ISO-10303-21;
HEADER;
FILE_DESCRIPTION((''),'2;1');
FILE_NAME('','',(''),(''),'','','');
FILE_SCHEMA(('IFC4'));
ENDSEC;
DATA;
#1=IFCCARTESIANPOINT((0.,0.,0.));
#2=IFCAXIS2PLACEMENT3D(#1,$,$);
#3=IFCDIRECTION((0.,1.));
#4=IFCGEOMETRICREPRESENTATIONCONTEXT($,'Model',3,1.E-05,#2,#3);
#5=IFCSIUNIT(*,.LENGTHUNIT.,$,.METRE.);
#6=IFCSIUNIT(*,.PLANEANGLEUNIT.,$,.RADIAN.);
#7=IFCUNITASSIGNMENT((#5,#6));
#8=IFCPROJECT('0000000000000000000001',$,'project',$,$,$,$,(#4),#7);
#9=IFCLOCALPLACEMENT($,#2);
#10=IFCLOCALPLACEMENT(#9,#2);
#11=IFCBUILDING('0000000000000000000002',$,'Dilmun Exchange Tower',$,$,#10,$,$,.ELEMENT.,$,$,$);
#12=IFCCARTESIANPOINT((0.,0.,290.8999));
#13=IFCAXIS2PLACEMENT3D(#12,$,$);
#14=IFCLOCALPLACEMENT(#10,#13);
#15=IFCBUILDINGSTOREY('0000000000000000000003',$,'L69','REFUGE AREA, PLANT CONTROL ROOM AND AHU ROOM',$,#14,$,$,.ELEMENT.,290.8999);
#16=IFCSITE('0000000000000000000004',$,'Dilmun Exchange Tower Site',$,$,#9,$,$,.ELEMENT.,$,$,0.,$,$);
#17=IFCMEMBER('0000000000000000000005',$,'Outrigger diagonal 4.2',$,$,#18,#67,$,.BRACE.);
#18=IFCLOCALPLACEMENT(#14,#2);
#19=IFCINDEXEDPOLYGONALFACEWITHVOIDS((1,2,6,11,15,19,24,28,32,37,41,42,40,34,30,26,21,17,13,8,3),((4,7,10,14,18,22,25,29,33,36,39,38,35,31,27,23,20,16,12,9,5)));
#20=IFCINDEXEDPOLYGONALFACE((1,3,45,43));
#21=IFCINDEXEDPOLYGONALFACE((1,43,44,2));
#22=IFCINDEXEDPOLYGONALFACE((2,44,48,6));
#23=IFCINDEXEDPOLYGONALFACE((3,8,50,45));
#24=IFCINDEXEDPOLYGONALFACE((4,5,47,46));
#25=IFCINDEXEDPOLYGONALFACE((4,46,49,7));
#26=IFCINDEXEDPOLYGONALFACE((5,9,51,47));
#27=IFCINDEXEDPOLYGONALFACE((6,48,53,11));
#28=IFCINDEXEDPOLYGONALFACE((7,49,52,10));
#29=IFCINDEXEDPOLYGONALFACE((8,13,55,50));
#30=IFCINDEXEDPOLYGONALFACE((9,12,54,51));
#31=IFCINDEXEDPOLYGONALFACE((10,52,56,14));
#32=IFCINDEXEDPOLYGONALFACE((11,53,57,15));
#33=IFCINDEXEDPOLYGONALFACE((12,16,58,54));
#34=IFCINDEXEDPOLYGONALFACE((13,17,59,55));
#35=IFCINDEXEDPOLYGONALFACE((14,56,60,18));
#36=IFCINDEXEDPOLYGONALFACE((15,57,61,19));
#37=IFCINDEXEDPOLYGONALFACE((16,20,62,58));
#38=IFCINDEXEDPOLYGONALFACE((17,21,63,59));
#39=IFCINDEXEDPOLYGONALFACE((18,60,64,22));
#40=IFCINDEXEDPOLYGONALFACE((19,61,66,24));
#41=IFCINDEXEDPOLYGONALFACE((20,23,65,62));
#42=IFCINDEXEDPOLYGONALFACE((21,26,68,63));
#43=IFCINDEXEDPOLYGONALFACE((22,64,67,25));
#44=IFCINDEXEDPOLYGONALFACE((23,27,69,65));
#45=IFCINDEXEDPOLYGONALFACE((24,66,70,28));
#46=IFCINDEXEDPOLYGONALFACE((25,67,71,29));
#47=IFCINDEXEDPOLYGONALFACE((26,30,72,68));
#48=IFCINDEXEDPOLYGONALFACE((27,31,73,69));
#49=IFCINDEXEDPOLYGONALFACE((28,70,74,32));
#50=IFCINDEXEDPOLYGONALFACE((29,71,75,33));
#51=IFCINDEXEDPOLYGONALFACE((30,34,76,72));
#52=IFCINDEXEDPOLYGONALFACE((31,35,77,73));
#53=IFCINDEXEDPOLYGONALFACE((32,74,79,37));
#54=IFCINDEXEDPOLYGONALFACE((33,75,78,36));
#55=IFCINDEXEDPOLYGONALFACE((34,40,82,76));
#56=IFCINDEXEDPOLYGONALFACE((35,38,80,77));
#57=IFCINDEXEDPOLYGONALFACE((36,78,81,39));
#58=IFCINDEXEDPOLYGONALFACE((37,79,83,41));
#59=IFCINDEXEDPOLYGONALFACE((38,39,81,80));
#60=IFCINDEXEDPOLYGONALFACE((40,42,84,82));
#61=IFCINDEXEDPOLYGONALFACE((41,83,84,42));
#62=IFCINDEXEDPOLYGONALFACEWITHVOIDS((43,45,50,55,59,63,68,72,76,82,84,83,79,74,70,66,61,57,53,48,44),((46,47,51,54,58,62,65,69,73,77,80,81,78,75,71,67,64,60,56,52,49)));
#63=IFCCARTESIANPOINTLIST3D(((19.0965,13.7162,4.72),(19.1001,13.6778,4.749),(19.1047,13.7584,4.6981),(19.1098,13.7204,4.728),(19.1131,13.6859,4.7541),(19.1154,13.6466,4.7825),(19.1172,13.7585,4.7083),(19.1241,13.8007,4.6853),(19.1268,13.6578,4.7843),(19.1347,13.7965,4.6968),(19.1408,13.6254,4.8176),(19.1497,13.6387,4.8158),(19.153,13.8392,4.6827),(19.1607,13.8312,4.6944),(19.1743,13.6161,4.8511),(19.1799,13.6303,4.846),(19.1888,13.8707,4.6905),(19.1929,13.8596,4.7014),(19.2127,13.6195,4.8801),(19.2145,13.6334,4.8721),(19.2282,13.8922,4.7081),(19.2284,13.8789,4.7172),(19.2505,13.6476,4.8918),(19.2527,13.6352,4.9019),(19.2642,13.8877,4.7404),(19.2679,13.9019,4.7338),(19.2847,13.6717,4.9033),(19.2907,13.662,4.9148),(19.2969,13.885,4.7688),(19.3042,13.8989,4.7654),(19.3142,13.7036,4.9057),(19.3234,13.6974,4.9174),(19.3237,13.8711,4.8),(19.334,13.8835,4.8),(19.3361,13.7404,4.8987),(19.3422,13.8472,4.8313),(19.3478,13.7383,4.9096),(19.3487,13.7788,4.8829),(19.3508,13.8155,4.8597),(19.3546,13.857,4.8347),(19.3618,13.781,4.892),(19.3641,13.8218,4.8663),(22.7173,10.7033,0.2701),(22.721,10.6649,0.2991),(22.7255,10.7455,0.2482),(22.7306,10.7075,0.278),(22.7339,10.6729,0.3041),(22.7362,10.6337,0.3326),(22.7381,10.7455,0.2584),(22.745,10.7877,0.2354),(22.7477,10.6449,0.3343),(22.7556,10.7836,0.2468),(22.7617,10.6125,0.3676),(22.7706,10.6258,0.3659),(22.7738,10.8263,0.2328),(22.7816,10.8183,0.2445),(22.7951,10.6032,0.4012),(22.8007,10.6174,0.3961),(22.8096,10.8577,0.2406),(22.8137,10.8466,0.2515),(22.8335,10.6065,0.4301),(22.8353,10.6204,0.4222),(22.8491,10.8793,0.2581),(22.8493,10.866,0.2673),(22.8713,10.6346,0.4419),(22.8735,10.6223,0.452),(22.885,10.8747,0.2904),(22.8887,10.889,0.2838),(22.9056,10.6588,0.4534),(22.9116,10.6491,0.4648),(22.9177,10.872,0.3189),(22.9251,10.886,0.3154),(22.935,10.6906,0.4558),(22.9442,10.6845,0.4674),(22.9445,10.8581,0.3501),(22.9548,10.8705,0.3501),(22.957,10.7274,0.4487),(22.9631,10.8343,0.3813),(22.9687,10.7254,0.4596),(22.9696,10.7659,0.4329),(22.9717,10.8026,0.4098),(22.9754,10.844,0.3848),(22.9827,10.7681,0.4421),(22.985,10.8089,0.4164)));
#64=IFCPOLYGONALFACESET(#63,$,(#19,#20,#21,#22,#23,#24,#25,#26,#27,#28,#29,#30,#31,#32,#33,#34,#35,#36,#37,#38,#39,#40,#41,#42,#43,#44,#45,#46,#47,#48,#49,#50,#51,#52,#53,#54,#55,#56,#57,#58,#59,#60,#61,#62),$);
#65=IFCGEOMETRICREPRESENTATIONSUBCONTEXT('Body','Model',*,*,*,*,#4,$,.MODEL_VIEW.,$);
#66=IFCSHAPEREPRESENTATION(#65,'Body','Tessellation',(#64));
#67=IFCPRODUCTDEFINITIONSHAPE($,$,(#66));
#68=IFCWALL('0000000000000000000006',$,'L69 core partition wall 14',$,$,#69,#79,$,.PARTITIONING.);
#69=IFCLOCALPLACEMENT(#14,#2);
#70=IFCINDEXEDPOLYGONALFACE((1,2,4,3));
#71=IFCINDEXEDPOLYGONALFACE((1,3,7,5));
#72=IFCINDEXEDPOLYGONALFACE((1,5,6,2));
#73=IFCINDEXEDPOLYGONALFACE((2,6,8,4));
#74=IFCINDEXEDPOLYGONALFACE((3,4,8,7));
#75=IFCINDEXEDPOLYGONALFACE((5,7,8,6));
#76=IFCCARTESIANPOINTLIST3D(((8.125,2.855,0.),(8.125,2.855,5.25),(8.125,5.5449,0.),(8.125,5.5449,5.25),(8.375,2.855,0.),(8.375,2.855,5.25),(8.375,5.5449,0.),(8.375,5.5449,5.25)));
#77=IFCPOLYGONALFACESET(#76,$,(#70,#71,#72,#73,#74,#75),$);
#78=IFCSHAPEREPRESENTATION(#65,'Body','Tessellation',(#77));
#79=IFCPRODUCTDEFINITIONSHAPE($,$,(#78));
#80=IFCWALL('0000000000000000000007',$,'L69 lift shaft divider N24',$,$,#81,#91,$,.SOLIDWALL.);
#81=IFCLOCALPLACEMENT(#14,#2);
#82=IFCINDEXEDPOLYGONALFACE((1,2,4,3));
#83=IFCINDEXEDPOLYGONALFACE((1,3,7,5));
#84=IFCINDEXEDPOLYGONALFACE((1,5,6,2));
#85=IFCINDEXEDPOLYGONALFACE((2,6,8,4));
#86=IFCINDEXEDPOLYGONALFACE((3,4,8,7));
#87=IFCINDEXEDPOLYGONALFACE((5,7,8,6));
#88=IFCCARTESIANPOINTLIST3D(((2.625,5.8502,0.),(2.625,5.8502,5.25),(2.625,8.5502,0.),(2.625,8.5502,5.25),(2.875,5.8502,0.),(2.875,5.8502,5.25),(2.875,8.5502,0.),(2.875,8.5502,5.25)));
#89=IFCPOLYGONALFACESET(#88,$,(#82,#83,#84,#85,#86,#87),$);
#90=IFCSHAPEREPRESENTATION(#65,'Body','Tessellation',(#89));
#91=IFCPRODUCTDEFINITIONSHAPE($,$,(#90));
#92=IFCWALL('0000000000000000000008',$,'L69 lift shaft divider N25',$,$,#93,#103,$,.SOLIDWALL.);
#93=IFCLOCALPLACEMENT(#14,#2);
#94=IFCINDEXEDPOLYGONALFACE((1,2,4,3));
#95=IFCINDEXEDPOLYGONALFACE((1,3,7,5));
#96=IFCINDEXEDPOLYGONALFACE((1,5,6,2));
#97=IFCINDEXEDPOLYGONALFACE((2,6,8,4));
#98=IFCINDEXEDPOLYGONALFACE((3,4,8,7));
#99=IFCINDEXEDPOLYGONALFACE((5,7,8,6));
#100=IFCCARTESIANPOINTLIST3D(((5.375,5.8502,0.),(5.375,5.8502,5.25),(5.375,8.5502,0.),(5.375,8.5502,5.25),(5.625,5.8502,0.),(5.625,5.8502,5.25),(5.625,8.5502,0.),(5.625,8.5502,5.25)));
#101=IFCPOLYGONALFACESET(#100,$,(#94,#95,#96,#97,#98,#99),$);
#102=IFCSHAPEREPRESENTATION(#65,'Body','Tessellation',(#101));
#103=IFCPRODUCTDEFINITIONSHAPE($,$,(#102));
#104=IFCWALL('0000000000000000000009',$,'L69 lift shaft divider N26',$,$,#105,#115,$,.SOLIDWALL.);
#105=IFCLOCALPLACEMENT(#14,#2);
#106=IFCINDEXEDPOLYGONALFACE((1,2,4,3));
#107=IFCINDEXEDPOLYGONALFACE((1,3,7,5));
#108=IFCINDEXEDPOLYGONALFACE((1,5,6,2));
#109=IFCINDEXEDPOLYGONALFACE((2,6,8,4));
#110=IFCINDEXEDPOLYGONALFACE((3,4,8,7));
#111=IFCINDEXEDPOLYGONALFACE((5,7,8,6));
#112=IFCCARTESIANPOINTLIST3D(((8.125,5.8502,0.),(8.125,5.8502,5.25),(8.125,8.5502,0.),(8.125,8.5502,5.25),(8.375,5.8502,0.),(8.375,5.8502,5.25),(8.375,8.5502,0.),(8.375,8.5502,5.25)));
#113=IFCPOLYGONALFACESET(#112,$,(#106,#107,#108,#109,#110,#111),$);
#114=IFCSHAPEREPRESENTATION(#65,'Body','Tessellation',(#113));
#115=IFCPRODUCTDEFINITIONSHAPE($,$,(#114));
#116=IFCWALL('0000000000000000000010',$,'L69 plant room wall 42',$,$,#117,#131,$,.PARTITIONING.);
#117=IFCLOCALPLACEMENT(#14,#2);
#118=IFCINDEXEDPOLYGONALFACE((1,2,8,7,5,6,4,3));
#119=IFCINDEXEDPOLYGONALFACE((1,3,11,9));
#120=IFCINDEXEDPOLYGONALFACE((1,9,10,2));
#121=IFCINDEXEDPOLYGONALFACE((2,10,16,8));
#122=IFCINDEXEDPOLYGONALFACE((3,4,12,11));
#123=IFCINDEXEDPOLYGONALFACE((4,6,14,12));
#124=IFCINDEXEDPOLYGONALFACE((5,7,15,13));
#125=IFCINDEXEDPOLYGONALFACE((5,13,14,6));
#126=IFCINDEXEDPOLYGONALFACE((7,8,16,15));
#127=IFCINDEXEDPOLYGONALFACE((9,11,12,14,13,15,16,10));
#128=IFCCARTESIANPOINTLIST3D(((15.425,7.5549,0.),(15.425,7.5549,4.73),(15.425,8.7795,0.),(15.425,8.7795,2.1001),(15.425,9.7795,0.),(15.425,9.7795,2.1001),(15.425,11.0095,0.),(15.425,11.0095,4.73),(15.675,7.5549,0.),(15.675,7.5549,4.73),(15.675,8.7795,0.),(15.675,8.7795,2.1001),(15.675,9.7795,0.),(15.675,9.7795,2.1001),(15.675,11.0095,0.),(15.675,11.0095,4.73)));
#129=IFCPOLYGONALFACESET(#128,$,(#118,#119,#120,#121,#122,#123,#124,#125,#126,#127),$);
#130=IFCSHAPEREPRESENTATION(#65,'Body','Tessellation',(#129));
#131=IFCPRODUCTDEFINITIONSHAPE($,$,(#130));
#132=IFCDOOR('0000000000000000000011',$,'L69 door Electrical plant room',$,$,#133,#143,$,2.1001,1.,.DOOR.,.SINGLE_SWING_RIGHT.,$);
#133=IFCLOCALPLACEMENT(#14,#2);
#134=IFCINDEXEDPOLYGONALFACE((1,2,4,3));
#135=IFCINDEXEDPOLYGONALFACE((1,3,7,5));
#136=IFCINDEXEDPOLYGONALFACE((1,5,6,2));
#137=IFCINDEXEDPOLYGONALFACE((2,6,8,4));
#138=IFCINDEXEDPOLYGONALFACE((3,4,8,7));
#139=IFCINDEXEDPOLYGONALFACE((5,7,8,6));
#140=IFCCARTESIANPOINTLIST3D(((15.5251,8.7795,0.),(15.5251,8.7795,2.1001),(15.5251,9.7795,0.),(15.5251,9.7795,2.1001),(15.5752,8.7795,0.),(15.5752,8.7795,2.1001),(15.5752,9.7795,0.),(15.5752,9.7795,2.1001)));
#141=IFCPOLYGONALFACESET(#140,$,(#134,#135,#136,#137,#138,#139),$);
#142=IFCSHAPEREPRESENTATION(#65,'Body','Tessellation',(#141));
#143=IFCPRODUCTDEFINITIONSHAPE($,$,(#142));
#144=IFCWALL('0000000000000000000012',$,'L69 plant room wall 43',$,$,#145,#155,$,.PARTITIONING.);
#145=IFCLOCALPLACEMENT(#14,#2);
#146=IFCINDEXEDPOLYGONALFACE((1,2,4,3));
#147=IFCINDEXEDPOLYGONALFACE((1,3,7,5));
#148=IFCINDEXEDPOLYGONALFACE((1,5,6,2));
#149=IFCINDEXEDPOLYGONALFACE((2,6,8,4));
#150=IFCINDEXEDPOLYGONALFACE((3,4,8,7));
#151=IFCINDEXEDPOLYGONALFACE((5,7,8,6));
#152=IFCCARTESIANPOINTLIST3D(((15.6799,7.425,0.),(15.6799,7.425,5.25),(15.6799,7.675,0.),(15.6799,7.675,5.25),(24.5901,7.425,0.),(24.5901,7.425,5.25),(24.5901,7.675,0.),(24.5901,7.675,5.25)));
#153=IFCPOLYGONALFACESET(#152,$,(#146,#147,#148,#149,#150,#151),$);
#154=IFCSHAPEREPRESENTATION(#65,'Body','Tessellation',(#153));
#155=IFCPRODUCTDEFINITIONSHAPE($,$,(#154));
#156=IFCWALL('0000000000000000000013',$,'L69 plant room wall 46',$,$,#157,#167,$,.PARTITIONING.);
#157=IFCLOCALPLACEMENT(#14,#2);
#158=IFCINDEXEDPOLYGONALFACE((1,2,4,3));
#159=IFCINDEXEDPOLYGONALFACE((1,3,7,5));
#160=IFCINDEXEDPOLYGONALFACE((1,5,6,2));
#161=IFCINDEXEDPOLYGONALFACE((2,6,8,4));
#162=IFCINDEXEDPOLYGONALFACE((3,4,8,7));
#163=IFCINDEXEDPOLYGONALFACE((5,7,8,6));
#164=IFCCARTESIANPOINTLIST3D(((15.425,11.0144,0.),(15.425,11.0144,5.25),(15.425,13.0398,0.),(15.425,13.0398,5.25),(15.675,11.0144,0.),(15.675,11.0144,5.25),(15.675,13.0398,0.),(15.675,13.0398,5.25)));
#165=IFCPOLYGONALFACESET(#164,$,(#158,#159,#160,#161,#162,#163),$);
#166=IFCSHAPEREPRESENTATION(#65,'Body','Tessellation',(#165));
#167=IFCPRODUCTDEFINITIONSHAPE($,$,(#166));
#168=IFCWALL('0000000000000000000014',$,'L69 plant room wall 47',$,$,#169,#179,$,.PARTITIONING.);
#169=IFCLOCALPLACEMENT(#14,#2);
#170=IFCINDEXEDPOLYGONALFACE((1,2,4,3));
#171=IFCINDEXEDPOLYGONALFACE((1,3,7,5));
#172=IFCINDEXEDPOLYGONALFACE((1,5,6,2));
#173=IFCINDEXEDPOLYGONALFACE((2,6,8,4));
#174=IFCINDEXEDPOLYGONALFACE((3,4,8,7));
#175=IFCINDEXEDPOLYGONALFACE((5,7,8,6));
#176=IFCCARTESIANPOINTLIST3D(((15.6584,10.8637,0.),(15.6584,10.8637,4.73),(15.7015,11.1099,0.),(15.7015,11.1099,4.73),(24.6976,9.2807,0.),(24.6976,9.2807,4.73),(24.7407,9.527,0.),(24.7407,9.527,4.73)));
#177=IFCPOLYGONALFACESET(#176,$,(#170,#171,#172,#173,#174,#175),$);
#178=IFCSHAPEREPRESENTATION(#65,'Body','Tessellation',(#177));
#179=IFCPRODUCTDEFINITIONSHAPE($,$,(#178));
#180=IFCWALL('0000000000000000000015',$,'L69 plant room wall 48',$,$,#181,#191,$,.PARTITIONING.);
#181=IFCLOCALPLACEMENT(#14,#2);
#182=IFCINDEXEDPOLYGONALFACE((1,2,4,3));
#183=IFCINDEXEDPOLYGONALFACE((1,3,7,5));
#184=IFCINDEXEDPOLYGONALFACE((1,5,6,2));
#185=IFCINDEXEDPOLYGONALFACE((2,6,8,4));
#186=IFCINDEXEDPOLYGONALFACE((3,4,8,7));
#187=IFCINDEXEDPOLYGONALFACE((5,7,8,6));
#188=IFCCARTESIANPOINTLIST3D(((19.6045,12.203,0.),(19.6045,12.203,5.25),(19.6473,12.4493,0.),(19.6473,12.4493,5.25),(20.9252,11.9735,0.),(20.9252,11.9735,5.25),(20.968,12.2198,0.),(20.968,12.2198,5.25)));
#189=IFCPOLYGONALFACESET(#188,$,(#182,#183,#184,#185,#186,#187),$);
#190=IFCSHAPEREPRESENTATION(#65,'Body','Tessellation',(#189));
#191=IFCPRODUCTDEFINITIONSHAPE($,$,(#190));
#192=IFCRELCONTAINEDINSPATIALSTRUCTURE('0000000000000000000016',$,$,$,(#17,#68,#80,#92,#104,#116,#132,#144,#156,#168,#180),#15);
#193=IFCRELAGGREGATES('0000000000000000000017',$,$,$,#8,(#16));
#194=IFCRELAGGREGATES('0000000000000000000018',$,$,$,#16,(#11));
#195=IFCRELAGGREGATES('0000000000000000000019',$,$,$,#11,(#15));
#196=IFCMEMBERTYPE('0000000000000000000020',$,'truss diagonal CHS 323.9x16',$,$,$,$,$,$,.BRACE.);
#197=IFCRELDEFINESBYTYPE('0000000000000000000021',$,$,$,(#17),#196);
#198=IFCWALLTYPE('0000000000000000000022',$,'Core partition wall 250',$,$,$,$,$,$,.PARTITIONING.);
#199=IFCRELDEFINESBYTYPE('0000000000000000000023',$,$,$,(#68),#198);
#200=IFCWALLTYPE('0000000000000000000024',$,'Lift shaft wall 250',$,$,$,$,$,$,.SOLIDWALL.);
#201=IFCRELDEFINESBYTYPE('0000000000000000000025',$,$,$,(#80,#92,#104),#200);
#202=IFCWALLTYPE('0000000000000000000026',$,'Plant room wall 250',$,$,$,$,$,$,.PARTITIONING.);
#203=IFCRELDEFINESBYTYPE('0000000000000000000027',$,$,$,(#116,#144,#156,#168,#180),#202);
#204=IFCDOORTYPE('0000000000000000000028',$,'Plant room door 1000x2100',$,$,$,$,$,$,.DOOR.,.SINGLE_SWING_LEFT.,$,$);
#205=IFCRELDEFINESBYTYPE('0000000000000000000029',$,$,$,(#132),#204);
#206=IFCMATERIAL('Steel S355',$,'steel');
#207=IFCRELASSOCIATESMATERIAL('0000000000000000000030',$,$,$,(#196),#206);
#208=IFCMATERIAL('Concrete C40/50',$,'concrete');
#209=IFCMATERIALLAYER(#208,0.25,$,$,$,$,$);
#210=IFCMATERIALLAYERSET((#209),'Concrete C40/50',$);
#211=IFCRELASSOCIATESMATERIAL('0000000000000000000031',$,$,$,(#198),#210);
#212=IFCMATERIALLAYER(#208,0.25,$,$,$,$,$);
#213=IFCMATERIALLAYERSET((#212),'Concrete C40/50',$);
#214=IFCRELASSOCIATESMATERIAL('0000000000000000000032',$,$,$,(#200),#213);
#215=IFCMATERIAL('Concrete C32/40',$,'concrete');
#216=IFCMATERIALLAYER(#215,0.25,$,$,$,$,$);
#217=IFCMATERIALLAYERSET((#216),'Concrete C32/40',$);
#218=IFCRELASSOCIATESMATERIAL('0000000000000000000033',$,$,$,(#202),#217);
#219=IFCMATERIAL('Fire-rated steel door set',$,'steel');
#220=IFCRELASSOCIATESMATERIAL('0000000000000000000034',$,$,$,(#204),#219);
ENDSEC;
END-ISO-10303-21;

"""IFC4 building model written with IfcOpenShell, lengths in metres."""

from ifc_helpers import new_model, si_unit, direction, frame, frame_2d, origin, origin_2d, place, context, subcontext, project, spatial, rectangle, hollow_circle, extrude, material, layer, layer_set, material_profile, profile_set, type_object, element, fill, save


model = new_model("IFC4")

# Units and contexts
model_context = context("Model", 3, precision=1e-05, world=origin(), true_north=direction((0.0, 1.0)))
body_context = subcontext(model_context, "Body", "Model", "MODEL_VIEW")
ifc_project = project(units=[si_unit("LENGTHUNIT", "METRE"), si_unit("PLANEANGLEUNIT", "RADIAN")], contexts=[model_context])

# Site, building, storey
site_placement = place(None, origin())
site = spatial("IfcSite", under=ifc_project, at=site_placement, Name="Dilmun Exchange Tower Site", CompositionType="ELEMENT", RefElevation=0.0)
building_placement = place(site_placement, origin())
building = spatial("IfcBuilding", under=site, at=building_placement, Name="Dilmun Exchange Tower", CompositionType="ELEMENT")
storey_placement = place(building_placement, frame((0.0, 0.0, 290.8999)))
storey = spatial("IfcBuildingStorey", under=building, at=storey_placement, Name="L69", Description="REFUGE AREA, PLANT CONTROL ROOM AND AHU ROOM", CompositionType="ELEMENT", Elevation=290.8999)

# Shared definitions
ifc_material_1 = material(Name="Steel S355", Category="steel")

# Member
ifc_material_profile_1 = material_profile(ifc_material_1, hollow_circle(Radius=0.1619, WallThickness=0.0161, at=origin_2d()), Name="CHS 323.9x16")
ifc_profile_set_1 = profile_set([ifc_material_profile_1], Name="Steel S355")
member_type_1 = type_object("IfcMemberType", Name="truss diagonal CHS 323.9x16", PredefinedType="BRACE", material=ifc_profile_set_1)
member_1_placement = place(storey_placement, frame((19.2305, 13.759, 4.8), z_axis=(0.558773, -0.46496, -0.686721), x_axis=(0.639629, 0.768684, 0.0)))
element("IfcMember", 1, at=member_1_placement, inside=storey, type_object=member_type_1, Name="Outrigger diagonal 4.2", PredefinedType="BRACE", context=body_context, shape_type="SweptSolid", body=[
    extrude(hollow_circle(Radius=0.1619, WallThickness=0.0161, at=origin_2d()), origin(), (0.0, 0.0, 1.0), 6.48),
])

# Walls
ifc_material_2 = material(Name="Concrete C40/50", Category="concrete")
ifc_layer_1 = layer(ifc_material_2, 0.25)
ifc_layer_set_1 = layer_set([ifc_layer_1], Name="Concrete C40/50")
wall_type_1 = type_object("IfcWallType", Name="Core partition wall 250", PredefinedType="PARTITIONING", material=ifc_layer_set_1)
wall_1_placement = place(storey_placement, frame((8.25, 2.855, 0.0), z_axis=(0.0, 0.0, 1.0), x_axis=(0.0, 1.0, 0.0)))
element("IfcWall", 2, at=wall_1_placement, inside=storey, type_object=wall_type_1, Name="L69 core partition wall 14", PredefinedType="PARTITIONING", context=body_context, shape_type="SweptSolid", body=[
    extrude(rectangle(XDim=2.6899, YDim=0.25, at=frame_2d((1.345, 0.0))), origin(), (0.0, 0.0, 1.0), 5.25),
])
ifc_layer_2 = layer(ifc_material_2, 0.25)
ifc_layer_set_2 = layer_set([ifc_layer_2], Name="Concrete C40/50")
wall_type_2 = type_object("IfcWallType", Name="Lift shaft wall 250", PredefinedType="SOLIDWALL", material=ifc_layer_set_2)
for number, where, z_axis, x_axis, name in (
    (3, (2.75, 5.8501, 0.0), (0.0, 0.0, 1.0), (0.0, 1.0, 0.0), "L69 lift shaft divider N24"),
    (4, (5.5, 5.8501, 0.0), (0.0, 0.0, 1.0), (0.0, 1.0, 0.0), "L69 lift shaft divider N25"),
    (5, (8.25, 5.8501, 0.0), (0.0, 0.0, 1.0), (0.0, 1.0, 0.0), "L69 lift shaft divider N26"),
):
    element("IfcWall", number, at=place(storey_placement, frame(where, z_axis=z_axis, x_axis=x_axis)), inside=storey, type_object=wall_type_2, Name=name, PredefinedType="SOLIDWALL", context=body_context, shape_type="SweptSolid", body=[
        extrude(rectangle(XDim=2.7, YDim=0.25, at=frame_2d((1.3501, 0.0))), origin(), (0.0, 0.0, 1.0), 5.25),
    ])

# Wall, opening, door
ifc_material_3 = material(Name="Concrete C32/40", Category="concrete")
ifc_layer_3 = layer(ifc_material_3, 0.25)
ifc_layer_set_3 = layer_set([ifc_layer_3], Name="Concrete C32/40")
wall_type_3 = type_object("IfcWallType", Name="Plant room wall 250", PredefinedType="PARTITIONING", material=ifc_layer_set_3)
wall_2_placement = place(storey_placement, frame((15.55, 7.5549, 0.0), z_axis=(0.0, 0.0, 1.0), x_axis=(0.0, 1.0, 0.0)))
wall_2 = element("IfcWall", 6, at=wall_2_placement, inside=storey, type_object=wall_type_3, Name="L69 plant room wall 42", PredefinedType="PARTITIONING", context=body_context, shape_type="SweptSolid", body=[
    extrude(rectangle(XDim=3.4546, YDim=0.25, at=frame_2d((1.7273, 0.0))), origin(), (0.0, 0.0, 1.0), 4.73),
])
opening_1_placement = place(wall_2_placement, frame((1.2246, 0.0, 0.0)))
opening_1 = element("IfcOpeningElement", 7, at=opening_1_placement, cuts=wall_2, PredefinedType="OPENING", context=body_context, shape_type="SweptSolid", body=[
    extrude(rectangle(XDim=1.0, YDim=2.1001, at=frame_2d((0.5, 1.05))), frame((0.0, 0.135, 0.0), z_axis=(0.0, -1.0, 0.0), x_axis=(1.0, 0.0, 0.0)), (0.0, 0.0, 1.0), 0.27),
])
ifc_material_4 = material(Name="Fire-rated steel door set", Category="steel")
door_type_1 = type_object("IfcDoorType", Name="Plant room door 1000x2100", OperationType="SINGLE_SWING_LEFT", PredefinedType="DOOR", material=ifc_material_4)
door_1_placement = place(opening_1_placement, origin())
door_1 = element("IfcDoor", 8, at=door_1_placement, inside=storey, type_object=door_type_1, Name="L69 door Electrical plant room", OperationType="SINGLE_SWING_RIGHT", OverallHeight=2.1001, OverallWidth=1.0, PredefinedType="DOOR", context=body_context, shape_type="SweptSolid", body=[
    extrude(rectangle(XDim=1.0, YDim=2.1001, at=frame_2d((0.5, 1.05))), frame((0.0, 0.0249, 0.0), z_axis=(0.0, -1.0, 0.0), x_axis=(1.0, 0.0, 0.0)), (0.0, 0.0, 1.0), 0.05),
])
fill(opening_1, door_1)

# Walls
wall_3_placement = place(storey_placement, frame((15.6799, 7.55, 0.0), z_axis=(0.0, 0.0, 1.0), x_axis=(1.0, 0.0, 0.0)))
element("IfcWall", 9, at=wall_3_placement, inside=storey, type_object=wall_type_3, Name="L69 plant room wall 43", PredefinedType="PARTITIONING", context=body_context, shape_type="SweptSolid", body=[
    extrude(rectangle(XDim=8.9102, YDim=0.25, at=frame_2d((4.4551, 0.0))), origin(), (0.0, 0.0, 1.0), 5.25),
])
wall_4_placement = place(storey_placement, frame((15.55, 11.0144, 0.0), z_axis=(0.0, 0.0, 1.0), x_axis=(0.0, 1.0, 0.0)))
element("IfcWall", 10, at=wall_4_placement, inside=storey, type_object=wall_type_3, Name="L69 plant room wall 46", PredefinedType="PARTITIONING", context=body_context, shape_type="SweptSolid", body=[
    extrude(rectangle(XDim=2.0254, YDim=0.25, at=frame_2d((1.0127, 0.0))), origin(), (0.0, 0.0, 1.0), 5.25),
])
wall_5_placement = place(storey_placement, frame((15.6799, 10.9868, 0.0), z_axis=(0.0, 0.0, 1.0), x_axis=(0.98501, -0.1725, 0.0)))
element("IfcWall", 11, at=wall_5_placement, inside=storey, type_object=wall_type_3, Name="L69 plant room wall 47", PredefinedType="PARTITIONING", context=body_context, shape_type="SweptSolid", body=[
    extrude(rectangle(XDim=9.1768, YDim=0.25, at=frame_2d((4.5884, 0.0))), origin(), (0.0, 0.0, 1.0), 4.73),
])
wall_6_placement = place(storey_placement, frame((19.6257, 12.3262, 0.0), z_axis=(0.0, 0.0, 1.0), x_axis=(0.985238, -0.171187, 0.0)))
element("IfcWall", 12, at=wall_6_placement, inside=storey, type_object=wall_type_3, Name="L69 plant room wall 48", PredefinedType="PARTITIONING", context=body_context, shape_type="SweptSolid", body=[
    extrude(rectangle(XDim=1.3406, YDim=0.25, at=frame_2d((0.6704, 0.0))), origin(), (0.0, 0.0, 1.0), 5.25),
])

save(model, "model.ifc")
